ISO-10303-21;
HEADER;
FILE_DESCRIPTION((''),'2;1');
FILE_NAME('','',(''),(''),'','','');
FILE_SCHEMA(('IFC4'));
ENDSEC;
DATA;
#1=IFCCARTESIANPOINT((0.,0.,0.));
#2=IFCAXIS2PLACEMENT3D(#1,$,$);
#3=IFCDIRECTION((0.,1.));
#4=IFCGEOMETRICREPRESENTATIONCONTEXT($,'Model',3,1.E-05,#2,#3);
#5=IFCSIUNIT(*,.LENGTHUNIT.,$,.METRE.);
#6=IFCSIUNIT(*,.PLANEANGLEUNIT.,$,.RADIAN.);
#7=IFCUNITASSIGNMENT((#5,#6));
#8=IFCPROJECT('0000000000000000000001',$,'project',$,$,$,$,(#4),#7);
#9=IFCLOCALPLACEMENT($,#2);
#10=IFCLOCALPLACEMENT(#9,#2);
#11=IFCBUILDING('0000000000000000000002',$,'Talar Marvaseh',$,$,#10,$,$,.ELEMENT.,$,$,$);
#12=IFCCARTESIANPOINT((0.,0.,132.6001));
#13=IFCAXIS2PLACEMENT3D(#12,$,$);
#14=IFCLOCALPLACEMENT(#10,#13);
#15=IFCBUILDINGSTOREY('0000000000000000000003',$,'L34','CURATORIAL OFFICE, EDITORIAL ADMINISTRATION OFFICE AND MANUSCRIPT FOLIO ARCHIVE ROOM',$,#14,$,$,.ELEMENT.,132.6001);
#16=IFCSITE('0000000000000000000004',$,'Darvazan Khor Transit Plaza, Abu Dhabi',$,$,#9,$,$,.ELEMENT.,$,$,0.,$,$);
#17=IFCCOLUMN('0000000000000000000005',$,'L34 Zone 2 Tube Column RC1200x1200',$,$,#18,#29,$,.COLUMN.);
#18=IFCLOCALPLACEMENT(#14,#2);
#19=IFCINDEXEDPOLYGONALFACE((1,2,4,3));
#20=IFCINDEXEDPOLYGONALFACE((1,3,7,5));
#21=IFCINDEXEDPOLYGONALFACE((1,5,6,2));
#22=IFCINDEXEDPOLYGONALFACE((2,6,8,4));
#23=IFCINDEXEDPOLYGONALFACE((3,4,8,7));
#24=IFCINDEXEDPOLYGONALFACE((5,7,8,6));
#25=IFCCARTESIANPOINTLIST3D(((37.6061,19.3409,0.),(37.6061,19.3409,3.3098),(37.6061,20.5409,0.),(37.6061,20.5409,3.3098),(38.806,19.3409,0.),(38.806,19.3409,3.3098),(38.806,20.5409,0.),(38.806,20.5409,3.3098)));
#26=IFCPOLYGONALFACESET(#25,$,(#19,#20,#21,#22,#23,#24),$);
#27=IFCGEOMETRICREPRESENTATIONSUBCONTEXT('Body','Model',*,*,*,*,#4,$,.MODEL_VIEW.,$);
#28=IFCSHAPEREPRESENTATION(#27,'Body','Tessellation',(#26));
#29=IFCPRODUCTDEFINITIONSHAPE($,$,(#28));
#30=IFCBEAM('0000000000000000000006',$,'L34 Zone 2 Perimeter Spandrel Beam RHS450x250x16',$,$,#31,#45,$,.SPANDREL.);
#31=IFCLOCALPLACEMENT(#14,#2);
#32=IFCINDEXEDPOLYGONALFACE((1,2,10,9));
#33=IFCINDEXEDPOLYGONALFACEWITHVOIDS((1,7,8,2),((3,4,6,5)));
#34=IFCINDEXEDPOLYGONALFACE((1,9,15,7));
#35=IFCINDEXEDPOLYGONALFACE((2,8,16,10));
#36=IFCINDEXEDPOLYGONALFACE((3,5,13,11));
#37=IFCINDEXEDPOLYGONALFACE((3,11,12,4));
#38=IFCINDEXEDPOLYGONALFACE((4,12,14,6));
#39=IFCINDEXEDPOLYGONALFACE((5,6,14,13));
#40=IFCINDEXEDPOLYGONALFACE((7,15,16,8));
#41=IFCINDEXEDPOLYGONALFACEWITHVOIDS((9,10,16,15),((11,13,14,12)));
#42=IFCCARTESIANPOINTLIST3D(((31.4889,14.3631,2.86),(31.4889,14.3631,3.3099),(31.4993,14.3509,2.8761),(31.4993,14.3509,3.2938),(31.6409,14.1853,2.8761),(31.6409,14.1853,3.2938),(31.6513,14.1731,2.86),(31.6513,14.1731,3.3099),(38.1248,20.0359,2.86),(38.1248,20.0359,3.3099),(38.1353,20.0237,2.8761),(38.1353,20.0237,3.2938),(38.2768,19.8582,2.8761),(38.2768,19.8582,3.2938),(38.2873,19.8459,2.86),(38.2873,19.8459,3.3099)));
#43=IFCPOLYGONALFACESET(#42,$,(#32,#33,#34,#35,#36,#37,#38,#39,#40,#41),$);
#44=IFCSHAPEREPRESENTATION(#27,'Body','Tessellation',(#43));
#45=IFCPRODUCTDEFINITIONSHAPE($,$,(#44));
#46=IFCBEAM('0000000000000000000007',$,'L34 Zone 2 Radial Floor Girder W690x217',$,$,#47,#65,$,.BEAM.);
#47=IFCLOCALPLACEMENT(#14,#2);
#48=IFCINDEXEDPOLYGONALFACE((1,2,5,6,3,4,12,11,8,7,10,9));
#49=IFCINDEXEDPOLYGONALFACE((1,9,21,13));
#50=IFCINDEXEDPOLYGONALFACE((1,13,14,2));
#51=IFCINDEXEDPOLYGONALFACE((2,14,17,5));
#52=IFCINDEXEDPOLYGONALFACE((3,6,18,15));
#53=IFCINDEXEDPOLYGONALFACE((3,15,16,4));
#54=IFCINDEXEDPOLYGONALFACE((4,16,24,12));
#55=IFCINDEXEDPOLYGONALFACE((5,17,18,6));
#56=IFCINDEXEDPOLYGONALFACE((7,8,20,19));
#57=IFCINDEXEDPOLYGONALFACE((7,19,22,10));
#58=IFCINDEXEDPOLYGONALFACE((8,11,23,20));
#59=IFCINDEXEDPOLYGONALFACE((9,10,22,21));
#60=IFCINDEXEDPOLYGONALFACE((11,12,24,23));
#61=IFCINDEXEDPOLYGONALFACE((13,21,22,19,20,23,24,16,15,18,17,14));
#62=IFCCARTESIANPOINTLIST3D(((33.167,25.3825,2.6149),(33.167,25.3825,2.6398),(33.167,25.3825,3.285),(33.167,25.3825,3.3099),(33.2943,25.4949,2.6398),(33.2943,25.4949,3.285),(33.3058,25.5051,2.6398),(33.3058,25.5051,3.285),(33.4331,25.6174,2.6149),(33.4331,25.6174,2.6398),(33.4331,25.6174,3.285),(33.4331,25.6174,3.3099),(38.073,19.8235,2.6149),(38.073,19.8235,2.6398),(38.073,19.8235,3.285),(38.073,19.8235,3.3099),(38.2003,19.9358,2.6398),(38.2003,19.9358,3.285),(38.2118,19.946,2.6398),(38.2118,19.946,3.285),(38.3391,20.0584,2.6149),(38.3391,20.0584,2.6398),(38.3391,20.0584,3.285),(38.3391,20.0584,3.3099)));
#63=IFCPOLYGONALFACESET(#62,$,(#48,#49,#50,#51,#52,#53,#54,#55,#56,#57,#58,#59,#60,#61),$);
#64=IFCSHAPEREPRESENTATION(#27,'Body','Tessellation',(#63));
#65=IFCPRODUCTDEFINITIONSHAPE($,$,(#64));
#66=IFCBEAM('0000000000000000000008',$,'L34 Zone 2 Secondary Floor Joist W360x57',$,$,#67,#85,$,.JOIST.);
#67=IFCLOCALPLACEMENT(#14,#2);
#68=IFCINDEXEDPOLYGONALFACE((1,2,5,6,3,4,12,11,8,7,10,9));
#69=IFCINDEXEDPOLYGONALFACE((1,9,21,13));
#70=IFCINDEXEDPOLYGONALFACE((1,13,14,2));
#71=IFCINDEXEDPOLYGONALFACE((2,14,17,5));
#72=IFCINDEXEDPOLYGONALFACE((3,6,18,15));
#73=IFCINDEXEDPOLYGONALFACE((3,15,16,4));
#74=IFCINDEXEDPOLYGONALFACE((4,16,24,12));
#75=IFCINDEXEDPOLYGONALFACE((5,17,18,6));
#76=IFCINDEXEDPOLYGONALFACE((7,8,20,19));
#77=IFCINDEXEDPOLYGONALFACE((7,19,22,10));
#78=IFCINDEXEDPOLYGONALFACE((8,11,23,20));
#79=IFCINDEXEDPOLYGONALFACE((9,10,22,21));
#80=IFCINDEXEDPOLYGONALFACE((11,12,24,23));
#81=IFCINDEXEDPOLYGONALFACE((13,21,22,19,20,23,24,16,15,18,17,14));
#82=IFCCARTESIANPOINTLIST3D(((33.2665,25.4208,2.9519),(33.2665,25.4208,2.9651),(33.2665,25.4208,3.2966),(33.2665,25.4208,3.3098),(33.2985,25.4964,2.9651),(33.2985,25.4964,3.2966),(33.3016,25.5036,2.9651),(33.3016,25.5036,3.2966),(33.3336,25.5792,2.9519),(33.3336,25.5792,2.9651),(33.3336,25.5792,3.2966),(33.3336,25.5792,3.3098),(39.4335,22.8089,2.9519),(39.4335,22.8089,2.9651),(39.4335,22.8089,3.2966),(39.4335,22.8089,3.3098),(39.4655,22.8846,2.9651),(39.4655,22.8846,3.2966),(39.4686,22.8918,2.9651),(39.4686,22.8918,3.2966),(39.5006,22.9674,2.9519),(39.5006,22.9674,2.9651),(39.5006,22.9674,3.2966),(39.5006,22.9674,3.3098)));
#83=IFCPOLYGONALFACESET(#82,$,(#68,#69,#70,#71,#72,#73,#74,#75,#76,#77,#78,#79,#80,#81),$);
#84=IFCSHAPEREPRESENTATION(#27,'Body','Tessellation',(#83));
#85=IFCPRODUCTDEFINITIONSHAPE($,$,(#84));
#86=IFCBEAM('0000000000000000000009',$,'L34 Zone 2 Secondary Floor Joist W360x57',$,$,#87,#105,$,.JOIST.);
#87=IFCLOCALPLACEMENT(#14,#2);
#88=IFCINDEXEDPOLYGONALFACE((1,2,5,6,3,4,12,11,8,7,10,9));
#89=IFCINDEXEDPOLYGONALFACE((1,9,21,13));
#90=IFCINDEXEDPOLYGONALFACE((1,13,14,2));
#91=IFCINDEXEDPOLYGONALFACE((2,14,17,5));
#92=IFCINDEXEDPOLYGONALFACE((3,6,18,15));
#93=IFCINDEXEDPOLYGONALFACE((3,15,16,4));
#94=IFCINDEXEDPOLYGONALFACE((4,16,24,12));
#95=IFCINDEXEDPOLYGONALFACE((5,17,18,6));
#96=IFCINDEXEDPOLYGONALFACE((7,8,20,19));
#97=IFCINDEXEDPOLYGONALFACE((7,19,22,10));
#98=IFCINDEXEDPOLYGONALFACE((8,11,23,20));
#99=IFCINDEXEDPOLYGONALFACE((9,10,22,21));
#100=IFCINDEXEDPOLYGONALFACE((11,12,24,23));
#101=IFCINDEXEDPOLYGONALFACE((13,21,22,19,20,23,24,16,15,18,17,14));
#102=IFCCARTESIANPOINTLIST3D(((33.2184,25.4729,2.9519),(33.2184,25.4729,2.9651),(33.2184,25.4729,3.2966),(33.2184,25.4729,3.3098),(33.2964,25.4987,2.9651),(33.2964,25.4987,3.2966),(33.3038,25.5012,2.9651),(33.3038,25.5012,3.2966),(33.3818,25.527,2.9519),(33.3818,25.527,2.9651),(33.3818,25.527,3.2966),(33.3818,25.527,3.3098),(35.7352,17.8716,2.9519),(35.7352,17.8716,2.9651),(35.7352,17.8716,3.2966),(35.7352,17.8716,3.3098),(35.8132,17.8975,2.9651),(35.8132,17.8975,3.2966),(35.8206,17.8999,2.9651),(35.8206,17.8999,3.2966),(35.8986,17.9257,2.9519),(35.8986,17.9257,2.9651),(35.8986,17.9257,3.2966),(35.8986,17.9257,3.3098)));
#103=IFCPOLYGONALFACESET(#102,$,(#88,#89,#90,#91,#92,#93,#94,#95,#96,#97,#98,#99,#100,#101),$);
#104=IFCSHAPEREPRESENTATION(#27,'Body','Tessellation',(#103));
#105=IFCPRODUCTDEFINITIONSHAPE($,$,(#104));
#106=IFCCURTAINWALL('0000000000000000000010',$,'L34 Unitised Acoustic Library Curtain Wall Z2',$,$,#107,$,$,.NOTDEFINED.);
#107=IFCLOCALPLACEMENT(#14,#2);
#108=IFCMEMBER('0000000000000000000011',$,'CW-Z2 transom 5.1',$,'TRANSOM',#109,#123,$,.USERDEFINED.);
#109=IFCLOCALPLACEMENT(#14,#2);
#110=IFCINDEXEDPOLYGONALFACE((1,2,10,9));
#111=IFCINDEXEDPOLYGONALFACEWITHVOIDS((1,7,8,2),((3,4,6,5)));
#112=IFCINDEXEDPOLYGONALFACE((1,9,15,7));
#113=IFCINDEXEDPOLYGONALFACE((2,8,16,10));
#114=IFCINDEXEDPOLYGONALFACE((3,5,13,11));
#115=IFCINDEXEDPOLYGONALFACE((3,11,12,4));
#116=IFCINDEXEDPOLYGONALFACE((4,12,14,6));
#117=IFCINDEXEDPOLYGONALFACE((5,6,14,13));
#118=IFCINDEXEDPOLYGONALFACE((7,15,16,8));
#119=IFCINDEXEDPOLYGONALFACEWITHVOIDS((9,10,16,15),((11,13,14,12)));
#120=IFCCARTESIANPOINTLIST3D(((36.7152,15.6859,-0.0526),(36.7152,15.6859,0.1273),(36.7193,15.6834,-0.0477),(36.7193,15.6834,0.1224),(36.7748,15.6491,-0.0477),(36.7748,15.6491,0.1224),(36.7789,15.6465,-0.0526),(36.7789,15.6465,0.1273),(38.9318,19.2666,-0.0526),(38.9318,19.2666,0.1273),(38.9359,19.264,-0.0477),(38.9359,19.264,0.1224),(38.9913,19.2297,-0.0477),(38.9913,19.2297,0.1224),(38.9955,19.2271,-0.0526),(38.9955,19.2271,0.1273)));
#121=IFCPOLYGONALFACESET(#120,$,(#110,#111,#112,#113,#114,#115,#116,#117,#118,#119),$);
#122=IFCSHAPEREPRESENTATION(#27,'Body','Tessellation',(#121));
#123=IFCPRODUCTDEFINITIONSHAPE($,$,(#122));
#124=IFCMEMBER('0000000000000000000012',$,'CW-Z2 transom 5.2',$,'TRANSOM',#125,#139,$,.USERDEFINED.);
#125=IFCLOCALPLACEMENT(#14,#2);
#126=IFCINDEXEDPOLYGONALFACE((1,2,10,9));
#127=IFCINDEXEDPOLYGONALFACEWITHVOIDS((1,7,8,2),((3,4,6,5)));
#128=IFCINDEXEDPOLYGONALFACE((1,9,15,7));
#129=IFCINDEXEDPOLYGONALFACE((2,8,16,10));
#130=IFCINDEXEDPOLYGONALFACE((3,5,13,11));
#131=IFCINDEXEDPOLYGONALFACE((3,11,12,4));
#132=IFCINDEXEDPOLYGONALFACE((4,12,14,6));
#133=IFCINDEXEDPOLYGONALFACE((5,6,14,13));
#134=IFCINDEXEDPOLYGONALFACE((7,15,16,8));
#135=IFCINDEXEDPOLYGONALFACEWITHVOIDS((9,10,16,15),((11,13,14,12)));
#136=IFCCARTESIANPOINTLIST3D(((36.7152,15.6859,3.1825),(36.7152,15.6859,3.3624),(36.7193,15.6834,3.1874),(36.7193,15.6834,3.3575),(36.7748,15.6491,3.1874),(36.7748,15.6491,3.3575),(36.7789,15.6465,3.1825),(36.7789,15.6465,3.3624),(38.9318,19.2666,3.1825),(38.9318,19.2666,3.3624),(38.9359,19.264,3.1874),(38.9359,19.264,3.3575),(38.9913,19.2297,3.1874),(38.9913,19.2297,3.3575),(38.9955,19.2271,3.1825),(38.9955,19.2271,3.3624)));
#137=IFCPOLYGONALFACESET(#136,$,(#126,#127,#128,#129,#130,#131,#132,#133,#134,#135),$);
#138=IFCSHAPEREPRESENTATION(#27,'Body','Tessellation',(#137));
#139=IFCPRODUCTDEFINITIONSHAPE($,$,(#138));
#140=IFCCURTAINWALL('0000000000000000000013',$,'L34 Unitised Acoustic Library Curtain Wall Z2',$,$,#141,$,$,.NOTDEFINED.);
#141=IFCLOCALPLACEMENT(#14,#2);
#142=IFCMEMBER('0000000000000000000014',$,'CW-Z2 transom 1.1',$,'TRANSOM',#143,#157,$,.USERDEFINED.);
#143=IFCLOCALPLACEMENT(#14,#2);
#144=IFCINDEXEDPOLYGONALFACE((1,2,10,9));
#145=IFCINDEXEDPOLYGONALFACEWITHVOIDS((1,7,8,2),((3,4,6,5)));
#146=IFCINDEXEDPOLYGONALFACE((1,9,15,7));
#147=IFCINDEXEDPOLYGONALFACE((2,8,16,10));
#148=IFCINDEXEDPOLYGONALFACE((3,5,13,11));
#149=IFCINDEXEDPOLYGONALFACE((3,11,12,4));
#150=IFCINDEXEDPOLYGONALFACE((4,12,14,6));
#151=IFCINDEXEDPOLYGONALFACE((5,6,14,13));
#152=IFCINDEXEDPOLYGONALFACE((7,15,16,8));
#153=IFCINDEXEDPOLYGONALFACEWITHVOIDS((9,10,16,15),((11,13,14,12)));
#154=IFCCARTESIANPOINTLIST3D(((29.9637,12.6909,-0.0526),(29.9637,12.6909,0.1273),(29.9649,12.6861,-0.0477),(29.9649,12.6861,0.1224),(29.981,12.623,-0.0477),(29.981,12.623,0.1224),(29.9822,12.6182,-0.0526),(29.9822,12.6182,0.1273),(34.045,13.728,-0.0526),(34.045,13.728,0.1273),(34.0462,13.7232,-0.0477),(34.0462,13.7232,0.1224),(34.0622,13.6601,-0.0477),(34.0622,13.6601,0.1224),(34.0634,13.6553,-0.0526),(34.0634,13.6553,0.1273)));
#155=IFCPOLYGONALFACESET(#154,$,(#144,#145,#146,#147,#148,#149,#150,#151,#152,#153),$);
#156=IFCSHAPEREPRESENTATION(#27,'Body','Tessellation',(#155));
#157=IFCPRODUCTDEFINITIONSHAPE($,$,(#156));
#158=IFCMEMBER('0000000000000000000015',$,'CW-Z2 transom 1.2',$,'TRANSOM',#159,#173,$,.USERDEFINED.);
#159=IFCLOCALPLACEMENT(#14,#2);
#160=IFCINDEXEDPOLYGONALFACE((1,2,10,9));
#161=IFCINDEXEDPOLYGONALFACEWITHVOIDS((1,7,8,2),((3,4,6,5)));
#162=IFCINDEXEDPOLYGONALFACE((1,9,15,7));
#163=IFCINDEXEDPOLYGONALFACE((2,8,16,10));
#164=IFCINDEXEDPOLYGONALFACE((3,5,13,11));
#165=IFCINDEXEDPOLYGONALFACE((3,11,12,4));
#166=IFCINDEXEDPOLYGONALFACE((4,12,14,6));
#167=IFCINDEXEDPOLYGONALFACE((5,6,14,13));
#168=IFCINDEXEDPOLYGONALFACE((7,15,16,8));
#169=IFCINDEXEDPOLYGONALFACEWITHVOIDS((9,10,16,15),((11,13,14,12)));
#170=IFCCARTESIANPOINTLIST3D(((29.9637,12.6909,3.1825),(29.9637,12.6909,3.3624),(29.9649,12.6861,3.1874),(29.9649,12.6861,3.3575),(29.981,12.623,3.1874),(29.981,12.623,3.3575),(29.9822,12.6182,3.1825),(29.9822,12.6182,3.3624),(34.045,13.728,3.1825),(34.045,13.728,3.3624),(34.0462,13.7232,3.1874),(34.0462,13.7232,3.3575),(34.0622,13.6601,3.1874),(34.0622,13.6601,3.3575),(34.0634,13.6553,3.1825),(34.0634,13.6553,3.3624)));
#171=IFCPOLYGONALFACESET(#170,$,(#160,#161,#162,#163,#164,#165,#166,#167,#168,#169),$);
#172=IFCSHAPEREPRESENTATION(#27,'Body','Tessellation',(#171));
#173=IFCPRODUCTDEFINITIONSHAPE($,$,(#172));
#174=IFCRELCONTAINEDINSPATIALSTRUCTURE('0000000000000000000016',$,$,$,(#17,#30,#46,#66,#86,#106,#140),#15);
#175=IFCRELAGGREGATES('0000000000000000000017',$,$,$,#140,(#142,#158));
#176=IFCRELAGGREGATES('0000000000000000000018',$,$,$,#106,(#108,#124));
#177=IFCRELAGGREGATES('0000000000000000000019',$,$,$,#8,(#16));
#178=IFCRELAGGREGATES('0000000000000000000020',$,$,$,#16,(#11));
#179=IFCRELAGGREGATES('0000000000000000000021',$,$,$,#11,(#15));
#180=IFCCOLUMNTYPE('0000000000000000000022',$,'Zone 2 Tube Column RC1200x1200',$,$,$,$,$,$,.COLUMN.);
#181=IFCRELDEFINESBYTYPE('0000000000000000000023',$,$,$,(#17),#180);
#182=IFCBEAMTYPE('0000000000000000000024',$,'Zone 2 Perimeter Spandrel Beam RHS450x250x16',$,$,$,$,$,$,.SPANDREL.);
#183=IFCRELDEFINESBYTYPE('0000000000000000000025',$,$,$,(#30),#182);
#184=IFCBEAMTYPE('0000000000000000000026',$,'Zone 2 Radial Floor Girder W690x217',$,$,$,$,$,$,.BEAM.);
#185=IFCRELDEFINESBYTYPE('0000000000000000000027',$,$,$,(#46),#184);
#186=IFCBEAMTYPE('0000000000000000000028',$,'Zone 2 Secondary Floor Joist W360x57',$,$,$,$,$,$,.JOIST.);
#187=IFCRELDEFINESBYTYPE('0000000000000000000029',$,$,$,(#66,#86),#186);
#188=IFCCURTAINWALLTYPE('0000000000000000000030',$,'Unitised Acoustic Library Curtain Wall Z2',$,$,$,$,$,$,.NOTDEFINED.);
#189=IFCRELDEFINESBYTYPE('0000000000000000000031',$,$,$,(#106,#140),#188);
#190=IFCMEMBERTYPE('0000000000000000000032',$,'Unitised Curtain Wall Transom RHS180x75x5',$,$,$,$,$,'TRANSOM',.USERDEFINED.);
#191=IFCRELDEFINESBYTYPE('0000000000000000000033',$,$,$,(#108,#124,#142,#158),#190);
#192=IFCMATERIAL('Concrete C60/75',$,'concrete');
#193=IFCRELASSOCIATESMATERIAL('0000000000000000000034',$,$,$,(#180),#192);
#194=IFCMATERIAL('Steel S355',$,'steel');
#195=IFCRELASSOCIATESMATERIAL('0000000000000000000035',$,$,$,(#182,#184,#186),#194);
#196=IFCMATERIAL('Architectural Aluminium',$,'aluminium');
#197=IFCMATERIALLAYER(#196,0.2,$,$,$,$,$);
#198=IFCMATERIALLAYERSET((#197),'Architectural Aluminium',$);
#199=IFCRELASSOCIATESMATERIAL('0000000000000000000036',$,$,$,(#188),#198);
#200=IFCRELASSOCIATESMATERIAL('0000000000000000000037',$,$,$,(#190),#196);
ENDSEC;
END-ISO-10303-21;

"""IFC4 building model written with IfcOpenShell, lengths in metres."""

from ifc_helpers import new_model, si_unit, direction, frame, origin, origin_2d, place, context, subcontext, project, spatial, rectangle, hollow_rectangle, i_section, extrude, source, transform, mapped, material, layer, layer_set, material_profile, profile_set, type_object, type_shapes, element, aggregate, save


model = new_model("IFC4")

# Units and contexts
model_context = context("Model", 3, precision=1e-05, world=origin(), true_north=direction((0.0, 1.0)))
body_context = subcontext(model_context, "Body", "Model", "MODEL_VIEW")
ifc_project = project(units=[si_unit("LENGTHUNIT", "METRE"), si_unit("PLANEANGLEUNIT", "RADIAN")], contexts=[model_context])

# Site, building, storey
site_placement = place(None, origin())
site = spatial("IfcSite", under=ifc_project, at=site_placement, Name="Darvazan Khor Transit Plaza, Abu Dhabi", CompositionType="ELEMENT", RefElevation=0.0)
building_placement = place(site_placement, origin())
building = spatial("IfcBuilding", under=site, at=building_placement, Name="Talar Marvaseh", CompositionType="ELEMENT")
storey_placement = place(building_placement, frame((0.0, 0.0, 132.6001)))
storey = spatial("IfcBuildingStorey", under=building, at=storey_placement, Name="L34", Description="CURATORIAL OFFICE, EDITORIAL ADMINISTRATION OFFICE AND MANUSCRIPT FOLIO ARCHIVE ROOM", CompositionType="ELEMENT", Elevation=132.6001)

# Column
ifc_material_1 = material(Name="Concrete C60/75", Category="concrete")
ifc_material_profile_1 = material_profile(ifc_material_1, rectangle(XDim=1.2, YDim=1.2, at=origin_2d()), Name="RC1200x1200")
ifc_profile_set_1 = profile_set([ifc_material_profile_1], Name="Concrete C60/75")
column_type = type_object("IfcColumnType", Name="Zone 2 Tube Column RC1200x1200", PredefinedType="COLUMN", material=ifc_profile_set_1)
column_placement = place(storey_placement, frame((38.2061, 19.9409, 0.0), z_axis=(0.0, 0.0, 1.0), x_axis=(1.0, 0.0, 0.0)))
element("IfcColumn", 1, at=column_placement, inside=storey, type_object=column_type, Name="L34 Zone 2 Tube Column RC1200x1200", PredefinedType="COLUMN", context=body_context, shape_type="SweptSolid", body=[
    extrude(rectangle(XDim=1.2, YDim=1.2, at=origin_2d()), origin(), (0.0, 0.0, 1.0), 3.3098),
])

# Beams
ifc_material_2 = material(Name="Steel S355", Category="steel")
ifc_material_profile_2 = material_profile(ifc_material_2, hollow_rectangle(XDim=0.25, YDim=0.45, WallThickness=0.0161, at=origin_2d()), Name="RHS450x250x16")
ifc_profile_set_2 = profile_set([ifc_material_profile_2], Name="Steel S355")
beam_type_1 = type_object("IfcBeamType", Name="Zone 2 Perimeter Spandrel Beam RHS450x250x16", PredefinedType="SPANDREL", material=ifc_profile_set_2)
beam_1_placement = place(storey_placement, frame((38.2061, 19.9409, 3.085), z_axis=(-0.760113, -0.649791, 0.0), x_axis=(0.649791, -0.760113, 0.0)))
element("IfcBeam", 2, at=beam_1_placement, inside=storey, type_object=beam_type_1, Name="L34 Zone 2 Perimeter Spandrel Beam RHS450x250x16", PredefinedType="SPANDREL", context=body_context, shape_type="SweptSolid", body=[
    extrude(hollow_rectangle(XDim=0.25, YDim=0.45, WallThickness=0.0161, at=origin_2d()), origin(), (0.0, 0.0, 1.0), 8.7302),
])
ifc_material_profile_3 = material_profile(ifc_material_2, i_section(OverallWidth=0.355, OverallDepth=0.6951, WebThickness=0.0154, FlangeThickness=0.0249, at=origin_2d()), Name="W690x217")
ifc_profile_set_3 = profile_set([ifc_material_profile_3], Name="Steel S355")
beam_type_2 = type_object("IfcBeamType", Name="Zone 2 Radial Floor Girder W690x217", PredefinedType="BEAM", material=ifc_profile_set_3)
beam_2_placement = place(storey_placement, frame((38.2061, 19.9409, 2.9624), z_axis=(-0.661692, 0.749775, 0.0), x_axis=(-0.749775, -0.661692, 0.0)))
element("IfcBeam", 3, at=beam_2_placement, inside=storey, type_object=beam_type_2, Name="L34 Zone 2 Radial Floor Girder W690x217", PredefinedType="BEAM", context=body_context, shape_type="SweptSolid", body=[
    extrude(i_section(OverallWidth=0.355, OverallDepth=0.6951, WebThickness=0.0154, FlangeThickness=0.0249, at=origin_2d()), origin(), (0.0, 0.0, 1.0), 7.4143),
])
ifc_material_profile_4 = material_profile(ifc_material_2, i_section(OverallWidth=0.1721, OverallDepth=0.3579, WebThickness=0.0078, FlangeThickness=0.0132, at=origin_2d()), Name="W360x57")
ifc_profile_set_4 = profile_set([ifc_material_profile_4], Name="Steel S355")
beam_type_3 = type_object("IfcBeamType", Name="Zone 2 Secondary Floor Joist W360x57", PredefinedType="JOIST", material=ifc_profile_set_4)
beam_3_placement = place(storey_placement, frame((39.467, 22.8882, 3.1309), z_axis=(-0.920822, 0.389982, 0.0), x_axis=(-0.389982, -0.920822, 0.0)))
element("IfcBeam", 4, at=beam_3_placement, inside=storey, type_object=beam_type_3, Name="L34 Zone 2 Secondary Floor Joist W360x57", PredefinedType="JOIST", context=body_context, shape_type="SweptSolid", body=[
    extrude(i_section(OverallWidth=0.1721, OverallDepth=0.3579, WebThickness=0.0078, FlangeThickness=0.0132, at=origin_2d()), origin(), (0.0, 0.0, 1.0), 6.6973),
])
beam_4_placement = place(storey_placement, frame((35.8169, 17.8987, 3.1309), z_axis=(-0.314325, 0.949316, 0.0), x_axis=(-0.949316, -0.314325, 0.0)))
element("IfcBeam", 5, at=beam_4_placement, inside=storey, type_object=beam_type_3, Name="L34 Zone 2 Secondary Floor Joist W360x57", PredefinedType="JOIST", context=body_context, shape_type="SweptSolid", body=[
    extrude(i_section(OverallWidth=0.1721, OverallDepth=0.3579, WebThickness=0.0078, FlangeThickness=0.0132, at=origin_2d()), origin(), (0.0, 0.0, 1.0), 8.0071),
])

# Curtain walls, members
ifc_material_3 = material(Name="Architectural Aluminium", Category="aluminium")
ifc_layer_1 = layer(ifc_material_3, 0.2)
ifc_layer_set_1 = layer_set([ifc_layer_1], Name="Architectural Aluminium")
curtain_wall_type = type_object("IfcCurtainWallType", Name="Unitised Acoustic Library Curtain Wall Z2", PredefinedType="NOTDEFINED", material=ifc_layer_set_1)
curtain_wall_1_placement = place(storey_placement, origin())
curtain_wall_1 = element("IfcCurtainWall", 6, at=curtain_wall_1_placement, inside=storey, type_object=curtain_wall_type, Name="L34 Unitised Acoustic Library Curtain Wall Z2", PredefinedType="NOTDEFINED")
ifc_material_profile_5 = material_profile(ifc_material_3, hollow_rectangle(XDim=0.075, YDim=0.1799, WallThickness=0.0049, at=origin_2d()), Name="RHS180x75x5")
ifc_profile_set_5 = profile_set([ifc_material_profile_5], Name="Architectural Aluminium")
member_type_1 = type_object("IfcMemberType", Name="Unitised Curtain Wall Transom RHS180x75x5", ElementType="TRANSOM", PredefinedType="USERDEFINED", material=ifc_profile_set_5)
shared_shape_1 = source(origin(), body_context, "Body", "SweptSolid", [
    extrude(hollow_rectangle(XDim=0.075, YDim=0.1799, WallThickness=0.0049, at=origin_2d()), origin(), (0.0, 0.0, 1.0), 4.2112),
])
member_1_placement = place(storey_placement, frame((38.9636, 19.2468, 0.0374), z_axis=(-0.526357, -0.850264, 0.0), x_axis=(0.850264, -0.526357, 0.0)))
member_1 = element("IfcMember", 7, at=member_1_placement, type_object=member_type_1, Name="CW-Z2 transom 5.1", ObjectType="TRANSOM", PredefinedType="USERDEFINED", context=body_context, shape_type="MappedRepresentation", body=[
    mapped(shared_shape_1, transform((0.0, 0.0, 0.0), x_axis=(1.0, 0.0, 0.0), y_axis=(0.0, 1.0, 0.0), z_axis=(0.0, 0.0, 1.0), scale=1.0)),
])
member_2_placement = place(storey_placement, frame((38.9636, 19.2468, 3.2725), z_axis=(-0.526357, -0.850264, 0.0), x_axis=(0.850264, -0.526357, 0.0)))
member_2 = element("IfcMember", 8, at=member_2_placement, type_object=member_type_1, Name="CW-Z2 transom 5.2", ObjectType="TRANSOM", PredefinedType="USERDEFINED", context=body_context, shape_type="MappedRepresentation", body=[
    mapped(shared_shape_1, transform((0.0, 0.0, 0.0), x_axis=(1.0, 0.0, 0.0), y_axis=(0.0, 1.0, 0.0), z_axis=(0.0, 0.0, 1.0), scale=1.0)),
])
curtain_wall_2_placement = place(storey_placement, origin())
curtain_wall_2 = element("IfcCurtainWall", 9, at=curtain_wall_2_placement, inside=storey, type_object=curtain_wall_type, Name="L34 Unitised Acoustic Library Curtain Wall Z2", PredefinedType="NOTDEFINED")
shared_shape_2 = source(origin(), body_context, "Body", "SweptSolid", [
    extrude(hollow_rectangle(XDim=0.075, YDim=0.1799, WallThickness=0.0049, at=origin_2d()), origin(), (0.0, 0.0, 1.0), 4.2109),
])
type_shapes(member_type_1, [shared_shape_1, shared_shape_2])
member_3_placement = place(storey_placement, frame((34.0542, 13.6917, 0.0374), z_axis=(-0.969197, -0.246285, 0.0), x_axis=(0.246285, -0.969197, 0.0)))
member_3 = element("IfcMember", 10, at=member_3_placement, type_object=member_type_1, Name="CW-Z2 transom 1.1", ObjectType="TRANSOM", PredefinedType="USERDEFINED", context=body_context, shape_type="MappedRepresentation", body=[
    mapped(shared_shape_2, transform((0.0, 0.0, 0.0), x_axis=(1.0, 0.0, 0.0), y_axis=(0.0, 1.0, 0.0), z_axis=(0.0, 0.0, 1.0), scale=1.0)),
])
member_4_placement = place(storey_placement, frame((34.0542, 13.6917, 3.2725), z_axis=(-0.969197, -0.246285, 0.0), x_axis=(0.246285, -0.969197, 0.0)))
member_4 = element("IfcMember", 11, at=member_4_placement, type_object=member_type_1, Name="CW-Z2 transom 1.2", ObjectType="TRANSOM", PredefinedType="USERDEFINED", context=body_context, shape_type="MappedRepresentation", body=[
    mapped(shared_shape_2, transform((0.0, 0.0, 0.0), x_axis=(1.0, 0.0, 0.0), y_axis=(0.0, 1.0, 0.0), z_axis=(0.0, 0.0, 1.0), scale=1.0)),
])

aggregate(curtain_wall_2, [member_3, member_4])
aggregate(curtain_wall_1, [member_1, member_2])

save(model, "model.ifc")
